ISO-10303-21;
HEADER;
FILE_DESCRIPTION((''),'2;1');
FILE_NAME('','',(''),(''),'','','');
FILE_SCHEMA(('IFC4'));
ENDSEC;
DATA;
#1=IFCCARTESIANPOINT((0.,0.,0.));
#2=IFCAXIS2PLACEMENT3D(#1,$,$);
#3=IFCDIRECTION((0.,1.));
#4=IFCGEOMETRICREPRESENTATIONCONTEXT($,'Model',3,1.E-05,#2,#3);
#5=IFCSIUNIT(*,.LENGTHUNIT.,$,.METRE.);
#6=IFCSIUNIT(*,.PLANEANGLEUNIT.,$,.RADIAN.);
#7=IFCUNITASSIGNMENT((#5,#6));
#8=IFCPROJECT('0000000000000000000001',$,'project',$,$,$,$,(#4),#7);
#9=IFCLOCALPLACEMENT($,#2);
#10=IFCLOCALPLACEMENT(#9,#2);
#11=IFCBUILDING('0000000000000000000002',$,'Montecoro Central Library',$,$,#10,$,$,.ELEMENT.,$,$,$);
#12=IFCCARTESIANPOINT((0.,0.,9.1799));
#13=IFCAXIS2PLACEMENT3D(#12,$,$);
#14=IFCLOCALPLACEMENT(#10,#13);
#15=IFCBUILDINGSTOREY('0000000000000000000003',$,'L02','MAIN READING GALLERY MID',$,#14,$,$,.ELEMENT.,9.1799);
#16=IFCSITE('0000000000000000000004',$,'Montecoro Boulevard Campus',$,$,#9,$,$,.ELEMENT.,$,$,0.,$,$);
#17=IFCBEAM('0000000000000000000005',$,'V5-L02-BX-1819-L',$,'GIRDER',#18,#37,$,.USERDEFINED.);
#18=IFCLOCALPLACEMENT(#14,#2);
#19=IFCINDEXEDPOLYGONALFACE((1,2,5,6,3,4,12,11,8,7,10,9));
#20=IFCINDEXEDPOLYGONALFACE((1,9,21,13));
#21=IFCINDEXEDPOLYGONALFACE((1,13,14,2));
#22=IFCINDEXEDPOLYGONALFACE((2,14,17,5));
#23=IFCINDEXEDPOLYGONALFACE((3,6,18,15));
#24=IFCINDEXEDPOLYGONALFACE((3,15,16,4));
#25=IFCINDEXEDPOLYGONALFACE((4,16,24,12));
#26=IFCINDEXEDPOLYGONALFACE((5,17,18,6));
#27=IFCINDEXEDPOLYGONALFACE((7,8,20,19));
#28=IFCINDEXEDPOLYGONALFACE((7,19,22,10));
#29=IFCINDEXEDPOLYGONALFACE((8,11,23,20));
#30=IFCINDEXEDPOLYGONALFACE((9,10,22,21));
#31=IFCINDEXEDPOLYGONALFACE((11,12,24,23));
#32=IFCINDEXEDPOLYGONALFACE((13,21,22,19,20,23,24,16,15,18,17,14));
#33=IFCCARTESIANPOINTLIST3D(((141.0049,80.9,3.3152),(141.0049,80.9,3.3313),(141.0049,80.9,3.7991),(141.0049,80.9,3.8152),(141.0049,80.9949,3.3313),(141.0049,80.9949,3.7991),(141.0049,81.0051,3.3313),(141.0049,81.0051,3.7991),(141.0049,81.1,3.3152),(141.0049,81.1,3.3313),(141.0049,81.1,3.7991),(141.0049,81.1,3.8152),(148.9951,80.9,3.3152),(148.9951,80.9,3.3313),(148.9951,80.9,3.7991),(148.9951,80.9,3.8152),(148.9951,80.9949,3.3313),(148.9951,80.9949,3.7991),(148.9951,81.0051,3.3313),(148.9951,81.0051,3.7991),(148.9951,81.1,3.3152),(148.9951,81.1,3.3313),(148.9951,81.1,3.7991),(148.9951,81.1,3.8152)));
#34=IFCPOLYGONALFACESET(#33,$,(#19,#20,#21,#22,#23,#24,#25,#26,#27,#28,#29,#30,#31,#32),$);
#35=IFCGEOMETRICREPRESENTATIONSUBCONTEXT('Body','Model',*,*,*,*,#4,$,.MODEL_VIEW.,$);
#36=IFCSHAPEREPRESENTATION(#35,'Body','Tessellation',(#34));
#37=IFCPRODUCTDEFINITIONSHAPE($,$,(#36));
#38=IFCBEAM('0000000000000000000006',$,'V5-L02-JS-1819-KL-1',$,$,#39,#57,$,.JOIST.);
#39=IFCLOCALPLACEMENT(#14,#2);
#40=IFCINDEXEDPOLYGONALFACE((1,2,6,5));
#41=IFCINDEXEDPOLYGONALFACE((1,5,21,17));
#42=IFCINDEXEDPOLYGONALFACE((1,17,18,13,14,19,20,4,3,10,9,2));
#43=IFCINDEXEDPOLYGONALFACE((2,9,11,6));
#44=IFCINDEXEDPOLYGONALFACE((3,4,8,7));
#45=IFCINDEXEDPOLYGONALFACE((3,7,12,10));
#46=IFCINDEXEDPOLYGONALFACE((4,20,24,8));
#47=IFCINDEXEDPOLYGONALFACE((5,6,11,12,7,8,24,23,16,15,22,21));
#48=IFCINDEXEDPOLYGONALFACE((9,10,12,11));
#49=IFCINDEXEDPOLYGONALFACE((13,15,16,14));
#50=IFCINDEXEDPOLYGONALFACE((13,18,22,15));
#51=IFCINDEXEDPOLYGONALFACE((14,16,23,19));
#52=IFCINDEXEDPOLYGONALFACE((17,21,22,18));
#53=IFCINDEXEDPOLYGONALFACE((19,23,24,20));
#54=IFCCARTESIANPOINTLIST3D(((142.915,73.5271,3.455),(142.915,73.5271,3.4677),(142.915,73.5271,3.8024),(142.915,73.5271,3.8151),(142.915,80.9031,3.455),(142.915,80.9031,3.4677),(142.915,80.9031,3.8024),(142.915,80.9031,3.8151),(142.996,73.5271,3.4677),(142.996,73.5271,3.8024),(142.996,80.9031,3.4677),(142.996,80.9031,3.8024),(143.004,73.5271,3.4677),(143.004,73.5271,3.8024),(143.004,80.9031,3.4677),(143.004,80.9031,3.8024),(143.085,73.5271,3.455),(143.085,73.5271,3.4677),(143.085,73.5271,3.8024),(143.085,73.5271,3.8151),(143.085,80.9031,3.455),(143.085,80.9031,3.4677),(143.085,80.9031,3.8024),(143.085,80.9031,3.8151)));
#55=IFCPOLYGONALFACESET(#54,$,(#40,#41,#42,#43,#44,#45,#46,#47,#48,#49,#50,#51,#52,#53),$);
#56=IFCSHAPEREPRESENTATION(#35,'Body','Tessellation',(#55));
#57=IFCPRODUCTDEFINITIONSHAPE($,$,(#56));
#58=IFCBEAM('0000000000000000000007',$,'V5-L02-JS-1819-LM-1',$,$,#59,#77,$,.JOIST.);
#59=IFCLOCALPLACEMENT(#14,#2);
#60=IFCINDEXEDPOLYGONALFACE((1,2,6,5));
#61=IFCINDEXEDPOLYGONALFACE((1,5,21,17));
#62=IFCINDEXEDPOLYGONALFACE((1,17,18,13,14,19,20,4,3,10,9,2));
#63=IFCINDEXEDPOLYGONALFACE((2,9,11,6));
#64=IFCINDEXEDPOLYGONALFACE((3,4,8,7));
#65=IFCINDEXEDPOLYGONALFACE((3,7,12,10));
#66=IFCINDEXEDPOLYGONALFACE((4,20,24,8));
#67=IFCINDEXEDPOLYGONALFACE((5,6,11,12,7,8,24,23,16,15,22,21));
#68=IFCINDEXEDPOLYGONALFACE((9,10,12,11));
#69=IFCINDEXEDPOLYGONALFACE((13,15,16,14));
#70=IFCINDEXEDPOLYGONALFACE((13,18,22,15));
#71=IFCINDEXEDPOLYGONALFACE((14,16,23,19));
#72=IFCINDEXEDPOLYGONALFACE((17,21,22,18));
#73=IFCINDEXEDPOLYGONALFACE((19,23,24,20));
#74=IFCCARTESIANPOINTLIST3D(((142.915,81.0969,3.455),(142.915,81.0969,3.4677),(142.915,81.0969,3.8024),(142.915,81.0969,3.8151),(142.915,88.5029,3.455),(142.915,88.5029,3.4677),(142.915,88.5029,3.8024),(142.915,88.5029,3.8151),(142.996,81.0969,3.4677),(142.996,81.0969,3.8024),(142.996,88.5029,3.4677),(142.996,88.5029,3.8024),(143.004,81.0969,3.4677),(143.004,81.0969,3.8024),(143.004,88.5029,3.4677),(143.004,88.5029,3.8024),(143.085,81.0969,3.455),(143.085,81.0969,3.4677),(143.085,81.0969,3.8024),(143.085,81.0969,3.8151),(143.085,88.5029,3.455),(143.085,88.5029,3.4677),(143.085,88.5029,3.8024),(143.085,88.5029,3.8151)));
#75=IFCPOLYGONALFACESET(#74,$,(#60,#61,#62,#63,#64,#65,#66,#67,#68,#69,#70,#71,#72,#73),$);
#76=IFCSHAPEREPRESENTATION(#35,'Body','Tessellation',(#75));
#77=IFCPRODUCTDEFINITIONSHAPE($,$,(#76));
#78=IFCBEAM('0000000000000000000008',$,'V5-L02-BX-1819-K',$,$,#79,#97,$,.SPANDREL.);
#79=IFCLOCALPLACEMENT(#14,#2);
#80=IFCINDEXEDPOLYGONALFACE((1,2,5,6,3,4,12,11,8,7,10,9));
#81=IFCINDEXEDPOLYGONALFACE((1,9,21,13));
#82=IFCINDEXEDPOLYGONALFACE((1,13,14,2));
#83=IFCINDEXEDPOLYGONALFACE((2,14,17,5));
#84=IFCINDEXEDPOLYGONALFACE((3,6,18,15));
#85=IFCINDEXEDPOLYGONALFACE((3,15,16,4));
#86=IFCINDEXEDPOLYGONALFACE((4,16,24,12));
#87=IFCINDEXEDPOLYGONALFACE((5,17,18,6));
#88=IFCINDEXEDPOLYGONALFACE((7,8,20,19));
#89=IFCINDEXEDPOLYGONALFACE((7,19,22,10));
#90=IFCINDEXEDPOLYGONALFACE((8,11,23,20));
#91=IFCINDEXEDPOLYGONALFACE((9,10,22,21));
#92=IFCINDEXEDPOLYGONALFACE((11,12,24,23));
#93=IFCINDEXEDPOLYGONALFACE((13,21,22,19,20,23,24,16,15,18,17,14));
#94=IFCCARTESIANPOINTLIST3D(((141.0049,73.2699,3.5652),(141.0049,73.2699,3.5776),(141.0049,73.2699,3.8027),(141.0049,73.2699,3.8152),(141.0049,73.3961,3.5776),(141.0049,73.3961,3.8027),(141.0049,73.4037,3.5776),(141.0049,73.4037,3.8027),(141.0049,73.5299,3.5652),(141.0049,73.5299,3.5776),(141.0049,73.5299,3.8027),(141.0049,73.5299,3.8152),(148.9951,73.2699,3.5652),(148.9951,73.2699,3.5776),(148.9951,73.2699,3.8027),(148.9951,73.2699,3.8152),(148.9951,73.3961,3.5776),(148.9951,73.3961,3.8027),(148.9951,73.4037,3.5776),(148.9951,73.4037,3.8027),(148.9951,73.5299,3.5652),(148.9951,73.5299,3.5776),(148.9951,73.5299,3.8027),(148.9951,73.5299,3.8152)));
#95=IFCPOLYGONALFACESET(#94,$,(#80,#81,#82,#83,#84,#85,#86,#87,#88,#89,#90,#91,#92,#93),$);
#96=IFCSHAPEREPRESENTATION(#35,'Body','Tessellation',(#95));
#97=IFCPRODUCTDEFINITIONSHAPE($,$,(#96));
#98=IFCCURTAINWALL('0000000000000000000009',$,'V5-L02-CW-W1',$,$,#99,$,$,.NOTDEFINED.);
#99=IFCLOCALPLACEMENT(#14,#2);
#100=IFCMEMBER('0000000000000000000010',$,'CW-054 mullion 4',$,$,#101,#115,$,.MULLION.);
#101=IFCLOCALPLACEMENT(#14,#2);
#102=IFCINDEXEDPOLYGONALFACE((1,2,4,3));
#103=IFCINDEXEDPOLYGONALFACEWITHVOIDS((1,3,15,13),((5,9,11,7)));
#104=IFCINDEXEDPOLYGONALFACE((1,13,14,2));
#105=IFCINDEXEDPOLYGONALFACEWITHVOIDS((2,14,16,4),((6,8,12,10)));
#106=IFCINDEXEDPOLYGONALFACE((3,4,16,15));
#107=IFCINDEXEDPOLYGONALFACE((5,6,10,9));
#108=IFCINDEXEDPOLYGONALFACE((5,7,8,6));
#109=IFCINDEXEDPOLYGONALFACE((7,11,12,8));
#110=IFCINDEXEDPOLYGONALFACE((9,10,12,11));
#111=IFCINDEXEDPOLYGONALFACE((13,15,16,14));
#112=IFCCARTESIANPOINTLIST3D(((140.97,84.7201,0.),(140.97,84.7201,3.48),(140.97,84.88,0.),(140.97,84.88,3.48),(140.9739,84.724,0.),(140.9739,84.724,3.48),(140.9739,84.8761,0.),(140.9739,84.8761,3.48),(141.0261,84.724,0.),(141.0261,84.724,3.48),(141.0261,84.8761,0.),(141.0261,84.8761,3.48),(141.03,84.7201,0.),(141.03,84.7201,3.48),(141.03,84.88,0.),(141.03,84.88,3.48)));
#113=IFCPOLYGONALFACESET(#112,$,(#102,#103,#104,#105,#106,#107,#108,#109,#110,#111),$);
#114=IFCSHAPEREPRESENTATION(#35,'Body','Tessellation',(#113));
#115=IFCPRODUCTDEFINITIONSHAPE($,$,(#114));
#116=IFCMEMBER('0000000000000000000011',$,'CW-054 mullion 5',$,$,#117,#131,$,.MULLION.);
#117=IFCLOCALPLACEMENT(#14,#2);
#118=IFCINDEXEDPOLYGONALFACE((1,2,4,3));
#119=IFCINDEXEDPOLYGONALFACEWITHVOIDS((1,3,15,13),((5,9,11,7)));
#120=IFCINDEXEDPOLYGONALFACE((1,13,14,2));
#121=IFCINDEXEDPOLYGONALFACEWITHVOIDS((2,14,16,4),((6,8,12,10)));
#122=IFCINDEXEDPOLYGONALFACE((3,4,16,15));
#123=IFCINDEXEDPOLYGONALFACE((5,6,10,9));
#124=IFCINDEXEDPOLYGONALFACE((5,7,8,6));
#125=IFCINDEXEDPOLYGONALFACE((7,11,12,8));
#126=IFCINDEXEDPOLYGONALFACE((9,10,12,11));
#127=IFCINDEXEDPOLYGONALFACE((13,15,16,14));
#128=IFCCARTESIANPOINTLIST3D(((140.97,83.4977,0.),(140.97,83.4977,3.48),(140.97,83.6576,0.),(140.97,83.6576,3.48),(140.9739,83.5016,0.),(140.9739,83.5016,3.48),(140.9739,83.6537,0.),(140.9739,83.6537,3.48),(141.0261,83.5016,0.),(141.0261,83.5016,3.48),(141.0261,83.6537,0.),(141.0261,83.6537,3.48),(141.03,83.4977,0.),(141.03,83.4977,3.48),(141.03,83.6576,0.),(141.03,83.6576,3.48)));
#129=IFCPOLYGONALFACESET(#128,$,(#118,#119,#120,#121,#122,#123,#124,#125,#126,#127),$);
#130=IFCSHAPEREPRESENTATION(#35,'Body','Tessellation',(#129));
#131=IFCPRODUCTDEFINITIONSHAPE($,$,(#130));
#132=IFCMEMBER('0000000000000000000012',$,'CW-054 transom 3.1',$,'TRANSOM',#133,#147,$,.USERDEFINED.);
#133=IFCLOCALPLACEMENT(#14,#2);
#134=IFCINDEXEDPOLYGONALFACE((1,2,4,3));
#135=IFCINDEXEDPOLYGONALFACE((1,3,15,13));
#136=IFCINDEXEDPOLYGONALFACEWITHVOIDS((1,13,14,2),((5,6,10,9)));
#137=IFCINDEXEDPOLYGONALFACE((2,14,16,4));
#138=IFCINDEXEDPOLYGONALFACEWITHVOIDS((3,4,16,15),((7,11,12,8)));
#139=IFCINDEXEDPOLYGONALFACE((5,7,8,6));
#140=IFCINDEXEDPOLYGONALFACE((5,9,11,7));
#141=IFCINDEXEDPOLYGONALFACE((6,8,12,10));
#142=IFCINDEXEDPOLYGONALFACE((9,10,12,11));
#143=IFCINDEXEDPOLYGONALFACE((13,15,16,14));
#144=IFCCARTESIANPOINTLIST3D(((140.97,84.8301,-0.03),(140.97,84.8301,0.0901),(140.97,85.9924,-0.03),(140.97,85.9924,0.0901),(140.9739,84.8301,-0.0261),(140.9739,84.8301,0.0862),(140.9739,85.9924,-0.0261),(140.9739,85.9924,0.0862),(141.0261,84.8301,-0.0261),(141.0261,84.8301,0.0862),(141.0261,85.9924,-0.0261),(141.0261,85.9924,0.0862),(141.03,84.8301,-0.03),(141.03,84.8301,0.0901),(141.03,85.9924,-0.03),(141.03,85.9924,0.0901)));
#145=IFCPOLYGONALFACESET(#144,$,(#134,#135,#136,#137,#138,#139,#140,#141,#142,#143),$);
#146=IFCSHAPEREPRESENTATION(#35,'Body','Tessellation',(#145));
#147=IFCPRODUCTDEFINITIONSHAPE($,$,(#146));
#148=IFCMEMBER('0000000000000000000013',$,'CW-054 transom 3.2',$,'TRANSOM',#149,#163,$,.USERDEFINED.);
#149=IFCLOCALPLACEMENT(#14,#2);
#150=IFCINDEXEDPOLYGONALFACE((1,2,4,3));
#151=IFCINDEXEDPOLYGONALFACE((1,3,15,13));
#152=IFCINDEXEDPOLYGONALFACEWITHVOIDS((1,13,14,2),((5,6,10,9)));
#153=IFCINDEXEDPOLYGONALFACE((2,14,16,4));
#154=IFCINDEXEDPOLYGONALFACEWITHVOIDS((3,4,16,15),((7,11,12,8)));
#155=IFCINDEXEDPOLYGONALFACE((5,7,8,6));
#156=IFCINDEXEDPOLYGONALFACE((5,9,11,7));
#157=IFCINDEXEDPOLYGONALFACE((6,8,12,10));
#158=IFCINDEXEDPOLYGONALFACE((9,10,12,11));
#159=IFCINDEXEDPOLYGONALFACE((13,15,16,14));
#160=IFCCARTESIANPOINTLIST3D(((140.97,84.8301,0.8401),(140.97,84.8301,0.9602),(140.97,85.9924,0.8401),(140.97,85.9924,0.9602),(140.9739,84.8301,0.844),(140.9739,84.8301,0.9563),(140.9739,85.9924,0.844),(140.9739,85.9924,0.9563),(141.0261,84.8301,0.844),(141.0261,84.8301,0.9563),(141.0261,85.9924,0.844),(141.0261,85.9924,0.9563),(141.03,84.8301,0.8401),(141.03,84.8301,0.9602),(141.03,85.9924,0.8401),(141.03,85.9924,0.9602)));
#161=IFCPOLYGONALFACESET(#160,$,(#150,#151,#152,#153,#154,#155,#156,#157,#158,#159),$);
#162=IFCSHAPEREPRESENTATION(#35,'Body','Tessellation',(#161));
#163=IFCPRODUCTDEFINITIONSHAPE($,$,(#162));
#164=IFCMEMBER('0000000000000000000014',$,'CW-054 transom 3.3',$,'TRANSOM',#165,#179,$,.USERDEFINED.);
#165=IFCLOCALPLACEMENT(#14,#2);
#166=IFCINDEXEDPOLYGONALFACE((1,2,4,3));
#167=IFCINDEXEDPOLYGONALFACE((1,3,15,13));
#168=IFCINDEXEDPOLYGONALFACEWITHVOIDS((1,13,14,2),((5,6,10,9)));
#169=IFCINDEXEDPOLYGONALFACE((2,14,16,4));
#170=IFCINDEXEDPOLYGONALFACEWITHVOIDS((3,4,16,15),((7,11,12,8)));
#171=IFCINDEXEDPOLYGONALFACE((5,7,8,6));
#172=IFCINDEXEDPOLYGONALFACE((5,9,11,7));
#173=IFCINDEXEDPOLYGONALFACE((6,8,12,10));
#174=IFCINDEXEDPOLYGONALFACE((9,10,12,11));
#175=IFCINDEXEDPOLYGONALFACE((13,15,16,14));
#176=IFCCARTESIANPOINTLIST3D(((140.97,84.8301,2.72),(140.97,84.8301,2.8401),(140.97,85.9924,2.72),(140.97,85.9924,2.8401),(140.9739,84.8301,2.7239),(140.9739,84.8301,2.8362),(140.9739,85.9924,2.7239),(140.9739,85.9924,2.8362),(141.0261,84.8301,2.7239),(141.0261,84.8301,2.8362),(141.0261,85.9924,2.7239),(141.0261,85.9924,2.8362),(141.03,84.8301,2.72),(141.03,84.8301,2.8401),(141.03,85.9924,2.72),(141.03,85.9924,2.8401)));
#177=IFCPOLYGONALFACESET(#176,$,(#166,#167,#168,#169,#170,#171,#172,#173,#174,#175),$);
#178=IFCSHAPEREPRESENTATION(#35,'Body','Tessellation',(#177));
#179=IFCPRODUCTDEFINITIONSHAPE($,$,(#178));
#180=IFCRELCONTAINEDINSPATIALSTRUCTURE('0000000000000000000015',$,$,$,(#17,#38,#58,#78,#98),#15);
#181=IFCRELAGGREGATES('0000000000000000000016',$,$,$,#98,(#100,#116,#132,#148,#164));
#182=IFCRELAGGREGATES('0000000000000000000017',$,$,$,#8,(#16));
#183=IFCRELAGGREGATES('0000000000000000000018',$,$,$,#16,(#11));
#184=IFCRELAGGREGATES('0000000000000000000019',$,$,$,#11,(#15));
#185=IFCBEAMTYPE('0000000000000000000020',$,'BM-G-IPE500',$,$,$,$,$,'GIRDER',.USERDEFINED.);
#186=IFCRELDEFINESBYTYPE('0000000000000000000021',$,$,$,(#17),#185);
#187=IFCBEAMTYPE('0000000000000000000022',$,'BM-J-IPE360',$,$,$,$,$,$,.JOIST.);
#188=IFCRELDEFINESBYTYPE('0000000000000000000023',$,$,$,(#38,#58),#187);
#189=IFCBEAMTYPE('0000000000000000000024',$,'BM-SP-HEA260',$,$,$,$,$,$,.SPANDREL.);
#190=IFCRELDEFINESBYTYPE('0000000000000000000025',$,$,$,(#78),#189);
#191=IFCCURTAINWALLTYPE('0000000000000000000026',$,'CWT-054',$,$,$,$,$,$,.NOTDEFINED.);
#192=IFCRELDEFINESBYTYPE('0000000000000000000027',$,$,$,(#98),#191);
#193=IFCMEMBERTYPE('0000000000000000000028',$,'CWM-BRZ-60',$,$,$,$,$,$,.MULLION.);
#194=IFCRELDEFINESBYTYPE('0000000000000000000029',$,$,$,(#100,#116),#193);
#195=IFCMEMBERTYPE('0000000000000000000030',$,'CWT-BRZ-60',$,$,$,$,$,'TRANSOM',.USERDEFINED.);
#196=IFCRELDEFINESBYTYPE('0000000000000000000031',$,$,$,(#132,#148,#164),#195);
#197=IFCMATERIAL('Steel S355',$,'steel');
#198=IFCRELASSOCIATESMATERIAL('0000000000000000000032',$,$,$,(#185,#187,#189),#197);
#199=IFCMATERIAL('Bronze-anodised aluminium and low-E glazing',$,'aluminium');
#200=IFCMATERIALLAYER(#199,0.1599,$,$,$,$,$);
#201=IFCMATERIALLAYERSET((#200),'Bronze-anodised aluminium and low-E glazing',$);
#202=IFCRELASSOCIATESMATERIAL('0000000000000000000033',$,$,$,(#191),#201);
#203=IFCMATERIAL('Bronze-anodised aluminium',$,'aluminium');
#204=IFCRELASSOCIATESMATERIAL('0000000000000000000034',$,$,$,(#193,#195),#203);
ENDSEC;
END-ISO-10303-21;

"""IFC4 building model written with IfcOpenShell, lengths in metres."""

from ifc_helpers import new_model, si_unit, direction, frame, origin, origin_2d, place, context, subcontext, project, spatial, hollow_rectangle, i_section, extrude, material, layer, layer_set, material_profile, profile_set, type_object, element, aggregate, save


model = new_model("IFC4")

# Units and contexts
model_context = context("Model", 3, precision=1e-05, world=origin(), true_north=direction((0.0, 1.0)))
body_context = subcontext(model_context, "Body", "Model", "MODEL_VIEW")
ifc_project = project(units=[si_unit("LENGTHUNIT", "METRE"), si_unit("PLANEANGLEUNIT", "RADIAN")], contexts=[model_context])

# Site, building, storey
site_placement = place(None, origin())
site = spatial("IfcSite", under=ifc_project, at=site_placement, Name="Montecoro Boulevard Campus", CompositionType="ELEMENT", RefElevation=0.0)
building_placement = place(site_placement, origin())
building = spatial("IfcBuilding", under=site, at=building_placement, Name="Montecoro Central Library", CompositionType="ELEMENT")
storey_placement = place(building_placement, frame((0.0, 0.0, 9.1799)))
storey = spatial("IfcBuildingStorey", under=building, at=storey_placement, Name="L02", Description="MAIN READING GALLERY MID", CompositionType="ELEMENT", Elevation=9.1799)

# Beams
ifc_material_1 = material(Name="Steel S355", Category="steel")
ifc_material_profile_1 = material_profile(ifc_material_1, i_section(OverallWidth=0.2, OverallDepth=0.5, WebThickness=0.0103, FlangeThickness=0.0161, at=origin_2d()), Name="IPE 500")
ifc_profile_set_1 = profile_set([ifc_material_profile_1], Name="Steel S355")
beam_type_1 = type_object("IfcBeamType", Name="BM-G-IPE500", ElementType="GIRDER", PredefinedType="USERDEFINED", material=ifc_profile_set_1)
beam_1_placement = place(storey_placement, frame((141.0049, 81.0, 3.5652), z_axis=(1.0, 0.0, 0.0), x_axis=(0.0, 1.0, 0.0)))
element("IfcBeam", 1, at=beam_1_placement, inside=storey, type_object=beam_type_1, Name="V5-L02-BX-1819-L", ObjectType="GIRDER", PredefinedType="USERDEFINED", context=body_context, shape_type="SweptSolid", body=[
    extrude(i_section(OverallWidth=0.2, OverallDepth=0.5, WebThickness=0.0103, FlangeThickness=0.0161, at=origin_2d()), origin(), (0.0, 0.0, 1.0), 7.9902),
])
ifc_material_profile_2 = material_profile(ifc_material_1, i_section(OverallWidth=0.1699, OverallDepth=0.3601, WebThickness=0.0081, FlangeThickness=0.0127, at=origin_2d()), Name="IPE 360")
ifc_profile_set_2 = profile_set([ifc_material_profile_2], Name="Steel S355")
beam_type_2 = type_object("IfcBeamType", Name="BM-J-IPE360", PredefinedType="JOIST", material=ifc_profile_set_2)
beam_2_placement = place(storey_placement, frame((143.0, 73.5271, 3.635), z_axis=(0.0, 1.0, 0.0), x_axis=(-1.0, 0.0, 0.0)))
element("IfcBeam", 2, at=beam_2_placement, inside=storey, type_object=beam_type_2, Name="V5-L02-JS-1819-KL-1", PredefinedType="JOIST", context=body_context, shape_type="SweptSolid", body=[
    extrude(i_section(OverallWidth=0.1699, OverallDepth=0.3601, WebThickness=0.0081, FlangeThickness=0.0127, at=origin_2d()), origin(), (0.0, 0.0, 1.0), 7.376),
])
beam_3_placement = place(storey_placement, frame((143.0, 81.0969, 3.635), z_axis=(0.0, 1.0, 0.0), x_axis=(-1.0, 0.0, 0.0)))
element("IfcBeam", 3, at=beam_3_placement, inside=storey, type_object=beam_type_2, Name="V5-L02-JS-1819-LM-1", PredefinedType="JOIST", context=body_context, shape_type="SweptSolid", body=[
    extrude(i_section(OverallWidth=0.1699, OverallDepth=0.3601, WebThickness=0.0081, FlangeThickness=0.0127, at=origin_2d()), origin(), (0.0, 0.0, 1.0), 7.406),
])
ifc_material_profile_3 = material_profile(ifc_material_1, i_section(OverallWidth=0.26, OverallDepth=0.25, WebThickness=0.0076, FlangeThickness=0.0125, at=origin_2d()), Name="HEA 260")
ifc_profile_set_3 = profile_set([ifc_material_profile_3], Name="Steel S355")
beam_type_3 = type_object("IfcBeamType", Name="BM-SP-HEA260", PredefinedType="SPANDREL", material=ifc_profile_set_3)
beam_4_placement = place(storey_placement, frame((141.0049, 73.3999, 3.6902), z_axis=(1.0, 0.0, 0.0), x_axis=(0.0, 1.0, 0.0)))
element("IfcBeam", 4, at=beam_4_placement, inside=storey, type_object=beam_type_3, Name="V5-L02-BX-1819-K", PredefinedType="SPANDREL", context=body_context, shape_type="SweptSolid", body=[
    extrude(i_section(OverallWidth=0.26, OverallDepth=0.25, WebThickness=0.0076, FlangeThickness=0.0125, at=origin_2d()), origin(), (0.0, 0.0, 1.0), 7.9902),
])

# Curtain wall, members
ifc_material_2 = material(Name="Bronze-anodised aluminium and low-E glazing", Category="aluminium")
ifc_layer_1 = layer(ifc_material_2, 0.1599)
ifc_layer_set_1 = layer_set([ifc_layer_1], Name="Bronze-anodised aluminium and low-E glazing")
curtain_wall_type = type_object("IfcCurtainWallType", Name="CWT-054", PredefinedType="NOTDEFINED", material=ifc_layer_set_1)
curtain_wall_placement = place(storey_placement, origin())
curtain_wall = element("IfcCurtainWall", 5, at=curtain_wall_placement, inside=storey, type_object=curtain_wall_type, Name="V5-L02-CW-W1", PredefinedType="NOTDEFINED")
ifc_material_3 = material(Name="Bronze-anodised aluminium", Category="aluminium")
ifc_material_profile_4 = material_profile(ifc_material_3, hollow_rectangle(XDim=0.0601, YDim=0.1599, WallThickness=0.0039, at=origin_2d()), Name="CWM 160x60x4.0")
ifc_profile_set_4 = profile_set([ifc_material_profile_4], Name="Bronze-anodised aluminium")
member_type_1 = type_object("IfcMemberType", Name="CWM-BRZ-60", PredefinedType="MULLION", material=ifc_profile_set_4)
member_1_placement = place(storey_placement, frame((141.0, 84.8, 0.0), z_axis=(0.0, 0.0, 1.0), x_axis=(1.0, 0.0, 0.0)))
member_1 = element("IfcMember", 6, at=member_1_placement, type_object=member_type_1, Name="CW-054 mullion 4", PredefinedType="MULLION", context=body_context, shape_type="SweptSolid", body=[
    extrude(hollow_rectangle(XDim=0.0601, YDim=0.1599, WallThickness=0.0039, at=origin_2d()), origin(), (0.0, 0.0, 1.0), 3.48),
])
member_2_placement = place(storey_placement, frame((141.0, 83.5776, 0.0), z_axis=(0.0, 0.0, 1.0), x_axis=(1.0, 0.0, 0.0)))
member_2 = element("IfcMember", 7, at=member_2_placement, type_object=member_type_1, Name="CW-054 mullion 5", PredefinedType="MULLION", context=body_context, shape_type="SweptSolid", body=[
    extrude(hollow_rectangle(XDim=0.0601, YDim=0.1599, WallThickness=0.0039, at=origin_2d()), origin(), (0.0, 0.0, 1.0), 3.48),
])
ifc_material_profile_5 = material_profile(ifc_material_3, hollow_rectangle(XDim=0.0601, YDim=0.1201, WallThickness=0.0039, at=origin_2d()), Name="CWT 120x60x4.0")
ifc_profile_set_5 = profile_set([ifc_material_profile_5], Name="Bronze-anodised aluminium")
member_type_2 = type_object("IfcMemberType", Name="CWT-BRZ-60", ElementType="TRANSOM", PredefinedType="USERDEFINED", material=ifc_profile_set_5)
member_3_placement = place(storey_placement, frame((141.0, 85.9924, 0.03), z_axis=(0.0, -1.0, 0.0), x_axis=(1.0, 0.0, 0.0)))
member_3 = element("IfcMember", 8, at=member_3_placement, type_object=member_type_2, Name="CW-054 transom 3.1", ObjectType="TRANSOM", PredefinedType="USERDEFINED", context=body_context, shape_type="SweptSolid", body=[
    extrude(hollow_rectangle(XDim=0.0601, YDim=0.1201, WallThickness=0.0039, at=origin_2d()), origin(), (0.0, 0.0, 1.0), 1.1624),
])
member_4_placement = place(storey_placement, frame((141.0, 85.9924, 0.9001), z_axis=(0.0, -1.0, 0.0), x_axis=(1.0, 0.0, 0.0)))
member_4 = element("IfcMember", 9, at=member_4_placement, type_object=member_type_2, Name="CW-054 transom 3.2", ObjectType="TRANSOM", PredefinedType="USERDEFINED", context=body_context, shape_type="SweptSolid", body=[
    extrude(hollow_rectangle(XDim=0.0601, YDim=0.1201, WallThickness=0.0039, at=origin_2d()), origin(), (0.0, 0.0, 1.0), 1.1624),
])
member_5_placement = place(storey_placement, frame((141.0, 85.9924, 2.78), z_axis=(0.0, -1.0, 0.0), x_axis=(1.0, 0.0, 0.0)))
member_5 = element("IfcMember", 10, at=member_5_placement, type_object=member_type_2, Name="CW-054 transom 3.3", ObjectType="TRANSOM", PredefinedType="USERDEFINED", context=body_context, shape_type="SweptSolid", body=[
    extrude(hollow_rectangle(XDim=0.0601, YDim=0.1201, WallThickness=0.0039, at=origin_2d()), origin(), (0.0, 0.0, 1.0), 1.1624),
])
aggregate(curtain_wall, [member_1, member_2, member_3, member_4, member_5])

save(model, "model.ifc")
